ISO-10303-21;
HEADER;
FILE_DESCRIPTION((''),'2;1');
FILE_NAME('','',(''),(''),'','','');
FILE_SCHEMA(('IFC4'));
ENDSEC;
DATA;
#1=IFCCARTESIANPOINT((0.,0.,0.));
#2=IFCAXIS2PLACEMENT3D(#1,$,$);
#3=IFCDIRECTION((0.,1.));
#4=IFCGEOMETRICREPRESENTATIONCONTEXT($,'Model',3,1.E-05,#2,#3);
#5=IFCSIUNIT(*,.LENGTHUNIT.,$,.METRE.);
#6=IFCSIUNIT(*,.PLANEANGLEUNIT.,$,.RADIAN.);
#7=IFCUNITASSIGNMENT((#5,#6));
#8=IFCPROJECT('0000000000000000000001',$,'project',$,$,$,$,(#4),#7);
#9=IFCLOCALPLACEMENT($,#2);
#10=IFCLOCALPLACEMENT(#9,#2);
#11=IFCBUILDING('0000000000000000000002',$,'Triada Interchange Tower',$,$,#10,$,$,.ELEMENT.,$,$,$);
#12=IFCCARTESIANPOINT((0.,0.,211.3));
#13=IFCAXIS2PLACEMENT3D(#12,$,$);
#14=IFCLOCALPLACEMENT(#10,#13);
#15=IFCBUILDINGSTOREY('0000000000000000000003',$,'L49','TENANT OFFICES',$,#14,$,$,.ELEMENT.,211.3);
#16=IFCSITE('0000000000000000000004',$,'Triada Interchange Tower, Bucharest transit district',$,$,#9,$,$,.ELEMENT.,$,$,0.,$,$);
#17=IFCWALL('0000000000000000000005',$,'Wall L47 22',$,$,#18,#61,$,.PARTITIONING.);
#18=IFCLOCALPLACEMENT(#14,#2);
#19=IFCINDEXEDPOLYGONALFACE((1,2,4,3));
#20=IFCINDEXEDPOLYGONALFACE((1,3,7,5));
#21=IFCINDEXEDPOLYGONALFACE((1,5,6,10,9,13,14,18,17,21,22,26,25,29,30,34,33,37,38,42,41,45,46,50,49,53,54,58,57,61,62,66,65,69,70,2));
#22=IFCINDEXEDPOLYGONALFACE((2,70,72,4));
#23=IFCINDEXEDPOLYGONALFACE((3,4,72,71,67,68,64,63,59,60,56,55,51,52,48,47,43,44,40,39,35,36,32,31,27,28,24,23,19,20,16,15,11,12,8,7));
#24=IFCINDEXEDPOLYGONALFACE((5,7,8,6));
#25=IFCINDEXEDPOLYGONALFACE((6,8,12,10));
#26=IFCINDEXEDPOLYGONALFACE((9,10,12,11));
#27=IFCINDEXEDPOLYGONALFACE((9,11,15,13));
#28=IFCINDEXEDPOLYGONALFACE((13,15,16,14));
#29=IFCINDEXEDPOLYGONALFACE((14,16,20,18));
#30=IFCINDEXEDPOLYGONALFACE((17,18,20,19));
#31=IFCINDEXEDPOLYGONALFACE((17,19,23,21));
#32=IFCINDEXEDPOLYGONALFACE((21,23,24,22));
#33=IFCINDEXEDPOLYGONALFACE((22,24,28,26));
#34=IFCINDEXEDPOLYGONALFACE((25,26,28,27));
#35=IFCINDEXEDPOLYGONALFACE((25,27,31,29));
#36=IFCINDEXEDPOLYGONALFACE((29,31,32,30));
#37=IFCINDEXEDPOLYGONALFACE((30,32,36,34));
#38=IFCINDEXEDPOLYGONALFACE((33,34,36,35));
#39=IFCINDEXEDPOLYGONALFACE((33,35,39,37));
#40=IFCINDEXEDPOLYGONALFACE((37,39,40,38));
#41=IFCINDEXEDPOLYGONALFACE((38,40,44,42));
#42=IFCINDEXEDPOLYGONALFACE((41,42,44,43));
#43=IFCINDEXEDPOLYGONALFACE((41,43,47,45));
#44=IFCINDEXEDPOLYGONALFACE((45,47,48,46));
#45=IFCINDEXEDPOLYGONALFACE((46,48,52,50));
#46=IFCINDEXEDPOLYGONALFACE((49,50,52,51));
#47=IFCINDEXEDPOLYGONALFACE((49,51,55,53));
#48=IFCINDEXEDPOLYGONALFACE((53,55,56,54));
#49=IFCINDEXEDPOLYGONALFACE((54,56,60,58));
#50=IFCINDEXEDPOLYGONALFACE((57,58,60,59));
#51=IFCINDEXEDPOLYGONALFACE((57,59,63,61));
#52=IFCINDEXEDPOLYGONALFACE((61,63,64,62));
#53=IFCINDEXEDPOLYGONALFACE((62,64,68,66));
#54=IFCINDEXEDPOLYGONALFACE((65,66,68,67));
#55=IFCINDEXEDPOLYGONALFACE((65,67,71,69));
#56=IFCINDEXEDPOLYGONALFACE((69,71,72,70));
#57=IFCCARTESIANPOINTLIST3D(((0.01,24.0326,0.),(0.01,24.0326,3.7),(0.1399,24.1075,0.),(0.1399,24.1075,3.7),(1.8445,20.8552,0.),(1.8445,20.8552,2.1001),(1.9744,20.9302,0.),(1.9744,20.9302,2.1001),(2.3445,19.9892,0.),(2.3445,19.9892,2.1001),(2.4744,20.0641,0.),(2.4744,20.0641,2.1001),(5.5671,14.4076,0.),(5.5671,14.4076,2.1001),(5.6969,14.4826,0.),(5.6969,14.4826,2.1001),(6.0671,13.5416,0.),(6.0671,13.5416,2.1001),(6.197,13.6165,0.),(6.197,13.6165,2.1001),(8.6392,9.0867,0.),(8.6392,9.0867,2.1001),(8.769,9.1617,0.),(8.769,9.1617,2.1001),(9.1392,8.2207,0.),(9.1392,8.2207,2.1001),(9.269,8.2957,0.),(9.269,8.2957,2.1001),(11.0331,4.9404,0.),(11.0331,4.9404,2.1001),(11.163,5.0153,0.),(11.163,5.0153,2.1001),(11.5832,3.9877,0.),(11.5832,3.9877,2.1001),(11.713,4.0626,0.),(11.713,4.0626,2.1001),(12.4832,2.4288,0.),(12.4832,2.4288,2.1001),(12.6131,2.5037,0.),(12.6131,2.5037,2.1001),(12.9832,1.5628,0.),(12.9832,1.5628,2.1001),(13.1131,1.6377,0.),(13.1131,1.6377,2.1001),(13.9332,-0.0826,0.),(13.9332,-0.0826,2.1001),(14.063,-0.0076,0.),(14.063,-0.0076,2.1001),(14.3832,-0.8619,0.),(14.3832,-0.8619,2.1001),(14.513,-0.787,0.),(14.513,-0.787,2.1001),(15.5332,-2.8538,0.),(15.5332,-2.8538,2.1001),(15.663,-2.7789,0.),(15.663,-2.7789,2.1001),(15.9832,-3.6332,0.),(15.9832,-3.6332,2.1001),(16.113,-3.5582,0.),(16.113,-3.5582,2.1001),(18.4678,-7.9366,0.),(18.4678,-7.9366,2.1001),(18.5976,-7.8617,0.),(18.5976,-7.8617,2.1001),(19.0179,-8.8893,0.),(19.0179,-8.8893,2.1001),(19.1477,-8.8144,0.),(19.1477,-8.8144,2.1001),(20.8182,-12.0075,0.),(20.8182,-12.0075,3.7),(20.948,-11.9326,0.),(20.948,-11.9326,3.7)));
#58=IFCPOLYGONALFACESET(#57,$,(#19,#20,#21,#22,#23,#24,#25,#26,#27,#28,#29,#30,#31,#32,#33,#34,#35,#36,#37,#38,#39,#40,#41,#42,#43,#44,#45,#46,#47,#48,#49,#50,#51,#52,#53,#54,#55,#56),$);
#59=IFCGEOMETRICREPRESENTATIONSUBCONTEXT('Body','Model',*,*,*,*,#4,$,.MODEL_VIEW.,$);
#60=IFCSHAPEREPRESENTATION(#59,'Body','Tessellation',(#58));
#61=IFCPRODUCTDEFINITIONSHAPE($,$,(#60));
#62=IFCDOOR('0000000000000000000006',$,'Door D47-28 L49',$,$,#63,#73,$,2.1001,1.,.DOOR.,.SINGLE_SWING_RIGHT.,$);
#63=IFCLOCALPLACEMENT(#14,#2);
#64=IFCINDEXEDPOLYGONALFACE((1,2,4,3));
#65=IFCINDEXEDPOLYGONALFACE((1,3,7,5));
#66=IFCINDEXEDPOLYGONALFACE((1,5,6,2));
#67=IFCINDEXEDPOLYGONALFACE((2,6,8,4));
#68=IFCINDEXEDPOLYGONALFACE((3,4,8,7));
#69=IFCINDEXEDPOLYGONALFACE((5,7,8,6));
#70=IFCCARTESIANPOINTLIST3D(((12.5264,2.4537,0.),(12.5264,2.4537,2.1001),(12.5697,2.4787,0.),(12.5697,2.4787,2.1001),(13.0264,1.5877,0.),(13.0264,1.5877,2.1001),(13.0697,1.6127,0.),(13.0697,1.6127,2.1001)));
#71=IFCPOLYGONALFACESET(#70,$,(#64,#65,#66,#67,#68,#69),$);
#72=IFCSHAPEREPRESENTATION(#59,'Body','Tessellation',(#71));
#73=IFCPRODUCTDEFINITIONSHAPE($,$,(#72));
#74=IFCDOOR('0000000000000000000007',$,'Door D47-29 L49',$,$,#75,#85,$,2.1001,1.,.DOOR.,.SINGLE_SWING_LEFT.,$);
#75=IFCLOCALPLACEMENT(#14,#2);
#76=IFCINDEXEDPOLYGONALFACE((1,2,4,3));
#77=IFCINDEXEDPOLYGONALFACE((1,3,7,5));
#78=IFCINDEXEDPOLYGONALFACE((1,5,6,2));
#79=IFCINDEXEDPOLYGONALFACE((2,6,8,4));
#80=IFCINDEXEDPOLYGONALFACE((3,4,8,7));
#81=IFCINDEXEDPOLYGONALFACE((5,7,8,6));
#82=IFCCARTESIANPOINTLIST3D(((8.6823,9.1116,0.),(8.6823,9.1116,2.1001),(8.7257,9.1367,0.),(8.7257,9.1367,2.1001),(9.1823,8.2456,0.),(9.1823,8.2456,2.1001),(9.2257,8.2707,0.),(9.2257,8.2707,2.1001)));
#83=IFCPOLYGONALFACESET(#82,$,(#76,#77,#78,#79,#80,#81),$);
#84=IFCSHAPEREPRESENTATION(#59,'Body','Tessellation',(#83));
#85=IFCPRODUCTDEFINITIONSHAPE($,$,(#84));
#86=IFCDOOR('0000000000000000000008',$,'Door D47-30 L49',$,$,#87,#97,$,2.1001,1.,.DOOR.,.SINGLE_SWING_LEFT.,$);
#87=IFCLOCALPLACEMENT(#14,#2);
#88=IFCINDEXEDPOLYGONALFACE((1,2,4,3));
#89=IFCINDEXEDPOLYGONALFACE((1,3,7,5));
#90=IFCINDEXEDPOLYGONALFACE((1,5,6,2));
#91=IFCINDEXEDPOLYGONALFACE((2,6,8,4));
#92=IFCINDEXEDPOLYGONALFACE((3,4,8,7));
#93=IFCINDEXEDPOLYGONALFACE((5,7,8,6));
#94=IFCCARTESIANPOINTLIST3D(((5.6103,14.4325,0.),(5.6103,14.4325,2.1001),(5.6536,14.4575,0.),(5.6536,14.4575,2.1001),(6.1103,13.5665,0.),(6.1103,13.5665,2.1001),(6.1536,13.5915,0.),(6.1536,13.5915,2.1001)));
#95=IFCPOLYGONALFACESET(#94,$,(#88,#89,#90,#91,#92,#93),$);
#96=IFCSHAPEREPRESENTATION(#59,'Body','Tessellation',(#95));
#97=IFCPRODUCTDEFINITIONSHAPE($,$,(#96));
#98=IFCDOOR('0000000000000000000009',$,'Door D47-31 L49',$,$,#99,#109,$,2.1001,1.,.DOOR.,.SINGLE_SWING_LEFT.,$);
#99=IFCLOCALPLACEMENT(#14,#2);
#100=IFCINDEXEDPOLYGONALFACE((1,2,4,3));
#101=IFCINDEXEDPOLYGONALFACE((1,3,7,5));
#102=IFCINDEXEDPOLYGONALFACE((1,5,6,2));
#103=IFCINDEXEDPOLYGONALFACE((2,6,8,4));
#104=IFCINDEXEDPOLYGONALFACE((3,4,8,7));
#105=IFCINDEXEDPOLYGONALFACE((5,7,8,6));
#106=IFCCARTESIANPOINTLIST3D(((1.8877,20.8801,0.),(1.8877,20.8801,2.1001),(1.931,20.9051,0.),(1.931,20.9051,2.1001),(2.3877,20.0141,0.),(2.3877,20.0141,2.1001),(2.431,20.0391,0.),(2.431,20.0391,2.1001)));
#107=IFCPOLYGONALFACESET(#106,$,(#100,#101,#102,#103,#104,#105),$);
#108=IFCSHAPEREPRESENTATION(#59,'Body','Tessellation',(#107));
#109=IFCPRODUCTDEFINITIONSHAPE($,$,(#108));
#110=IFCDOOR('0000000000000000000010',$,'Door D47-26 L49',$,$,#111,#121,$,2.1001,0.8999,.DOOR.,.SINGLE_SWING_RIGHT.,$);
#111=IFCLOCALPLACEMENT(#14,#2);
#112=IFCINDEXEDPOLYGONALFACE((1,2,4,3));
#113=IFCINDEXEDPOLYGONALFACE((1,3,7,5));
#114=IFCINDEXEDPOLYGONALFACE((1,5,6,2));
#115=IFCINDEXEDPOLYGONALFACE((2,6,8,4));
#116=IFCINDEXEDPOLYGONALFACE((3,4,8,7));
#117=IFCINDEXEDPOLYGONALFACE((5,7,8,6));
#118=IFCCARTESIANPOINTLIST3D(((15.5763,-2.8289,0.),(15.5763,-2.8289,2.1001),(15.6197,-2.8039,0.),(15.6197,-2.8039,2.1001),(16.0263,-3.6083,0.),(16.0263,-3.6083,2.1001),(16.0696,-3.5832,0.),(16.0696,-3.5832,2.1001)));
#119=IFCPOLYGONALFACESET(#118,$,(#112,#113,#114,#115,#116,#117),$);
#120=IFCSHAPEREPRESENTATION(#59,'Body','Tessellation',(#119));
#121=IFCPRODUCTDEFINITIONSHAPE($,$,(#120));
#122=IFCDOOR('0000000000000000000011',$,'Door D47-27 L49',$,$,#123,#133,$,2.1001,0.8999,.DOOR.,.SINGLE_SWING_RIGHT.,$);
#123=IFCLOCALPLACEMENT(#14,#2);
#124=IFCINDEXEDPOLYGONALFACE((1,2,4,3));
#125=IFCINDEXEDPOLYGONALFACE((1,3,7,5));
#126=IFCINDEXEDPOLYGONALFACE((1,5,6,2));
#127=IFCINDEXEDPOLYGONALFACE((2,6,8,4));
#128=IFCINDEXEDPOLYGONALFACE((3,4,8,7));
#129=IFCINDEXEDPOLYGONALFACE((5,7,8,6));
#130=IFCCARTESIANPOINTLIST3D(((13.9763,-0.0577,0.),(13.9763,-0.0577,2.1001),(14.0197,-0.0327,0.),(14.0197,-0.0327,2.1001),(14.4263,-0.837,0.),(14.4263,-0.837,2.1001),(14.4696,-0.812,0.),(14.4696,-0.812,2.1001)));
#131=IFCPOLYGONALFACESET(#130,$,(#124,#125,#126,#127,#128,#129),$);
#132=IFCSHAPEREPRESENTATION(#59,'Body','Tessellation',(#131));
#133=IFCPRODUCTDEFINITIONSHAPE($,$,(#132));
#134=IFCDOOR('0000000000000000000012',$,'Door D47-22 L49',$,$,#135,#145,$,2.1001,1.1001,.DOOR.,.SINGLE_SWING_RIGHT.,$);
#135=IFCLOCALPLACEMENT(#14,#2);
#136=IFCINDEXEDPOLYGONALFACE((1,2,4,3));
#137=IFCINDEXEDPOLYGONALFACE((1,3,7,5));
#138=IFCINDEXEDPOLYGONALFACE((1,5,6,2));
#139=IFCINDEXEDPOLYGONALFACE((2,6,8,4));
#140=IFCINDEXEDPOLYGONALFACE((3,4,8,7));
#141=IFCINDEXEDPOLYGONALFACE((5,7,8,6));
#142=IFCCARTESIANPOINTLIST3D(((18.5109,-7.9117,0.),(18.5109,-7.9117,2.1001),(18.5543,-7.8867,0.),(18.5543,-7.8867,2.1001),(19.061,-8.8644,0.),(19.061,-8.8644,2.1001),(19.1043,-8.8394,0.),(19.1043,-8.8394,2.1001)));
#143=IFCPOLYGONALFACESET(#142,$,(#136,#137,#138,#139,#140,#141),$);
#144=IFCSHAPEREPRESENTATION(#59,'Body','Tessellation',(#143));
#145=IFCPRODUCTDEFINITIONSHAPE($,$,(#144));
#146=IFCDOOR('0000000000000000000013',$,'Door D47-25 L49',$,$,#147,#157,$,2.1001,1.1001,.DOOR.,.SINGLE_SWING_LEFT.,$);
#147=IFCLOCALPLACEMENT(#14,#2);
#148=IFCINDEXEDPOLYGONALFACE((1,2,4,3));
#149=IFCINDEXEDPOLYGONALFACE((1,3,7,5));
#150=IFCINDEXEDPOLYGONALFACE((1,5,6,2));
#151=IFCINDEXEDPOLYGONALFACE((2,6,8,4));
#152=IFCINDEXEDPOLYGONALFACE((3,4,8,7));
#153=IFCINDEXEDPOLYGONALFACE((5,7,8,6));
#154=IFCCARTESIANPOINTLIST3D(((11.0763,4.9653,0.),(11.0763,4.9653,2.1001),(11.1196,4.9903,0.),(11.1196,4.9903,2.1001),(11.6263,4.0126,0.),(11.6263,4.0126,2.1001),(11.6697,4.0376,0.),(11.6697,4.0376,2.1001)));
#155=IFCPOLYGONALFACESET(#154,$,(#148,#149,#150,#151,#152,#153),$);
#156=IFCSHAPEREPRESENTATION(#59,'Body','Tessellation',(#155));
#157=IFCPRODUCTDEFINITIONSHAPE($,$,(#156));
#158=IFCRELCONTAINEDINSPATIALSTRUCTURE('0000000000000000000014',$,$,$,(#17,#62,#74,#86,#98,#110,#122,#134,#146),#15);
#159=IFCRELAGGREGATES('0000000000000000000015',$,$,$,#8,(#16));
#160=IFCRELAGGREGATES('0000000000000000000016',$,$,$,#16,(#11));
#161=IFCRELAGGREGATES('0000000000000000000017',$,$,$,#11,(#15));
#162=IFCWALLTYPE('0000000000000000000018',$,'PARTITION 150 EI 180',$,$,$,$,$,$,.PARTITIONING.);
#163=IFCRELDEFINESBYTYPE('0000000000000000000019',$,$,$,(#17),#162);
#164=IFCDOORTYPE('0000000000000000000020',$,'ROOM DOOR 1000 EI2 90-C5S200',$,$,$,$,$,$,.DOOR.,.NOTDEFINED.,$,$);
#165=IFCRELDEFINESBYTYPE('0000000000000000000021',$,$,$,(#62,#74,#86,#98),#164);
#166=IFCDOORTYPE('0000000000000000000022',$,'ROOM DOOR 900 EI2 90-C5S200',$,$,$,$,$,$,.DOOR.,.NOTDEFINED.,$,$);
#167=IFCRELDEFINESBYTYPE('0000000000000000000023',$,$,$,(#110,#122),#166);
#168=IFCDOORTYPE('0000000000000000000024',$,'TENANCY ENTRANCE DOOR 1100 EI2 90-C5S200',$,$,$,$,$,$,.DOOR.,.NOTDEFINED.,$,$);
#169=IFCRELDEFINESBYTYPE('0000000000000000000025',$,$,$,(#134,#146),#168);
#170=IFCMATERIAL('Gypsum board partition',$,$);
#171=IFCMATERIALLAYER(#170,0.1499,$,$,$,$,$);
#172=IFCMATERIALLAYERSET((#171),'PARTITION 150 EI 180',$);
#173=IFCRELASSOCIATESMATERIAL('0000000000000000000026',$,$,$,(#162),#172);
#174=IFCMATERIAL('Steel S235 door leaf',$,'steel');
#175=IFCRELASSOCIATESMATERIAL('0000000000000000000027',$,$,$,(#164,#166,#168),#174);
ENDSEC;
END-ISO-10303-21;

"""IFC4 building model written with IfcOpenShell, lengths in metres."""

from ifc_helpers import new_model, si_unit, direction, frame, frame_2d, origin, place, context, subcontext, project, spatial, rectangle, extrude, material, layer, layer_set, type_object, element, fill, save


model = new_model("IFC4")

# Units and contexts
model_context = context("Model", 3, precision=1e-05, world=origin(), true_north=direction((0.0, 1.0)))
body_context = subcontext(model_context, "Body", "Model", "MODEL_VIEW")
ifc_project = project(units=[si_unit("LENGTHUNIT", "METRE"), si_unit("PLANEANGLEUNIT", "RADIAN")], contexts=[model_context])

# Site, building, storey
site_placement = place(None, origin())
site = spatial("IfcSite", under=ifc_project, at=site_placement, Name="Triada Interchange Tower, Bucharest transit district", CompositionType="ELEMENT", RefElevation=0.0)
building_placement = place(site_placement, origin())
building = spatial("IfcBuilding", under=site, at=building_placement, Name="Triada Interchange Tower", CompositionType="ELEMENT")
storey_placement = place(building_placement, frame((0.0, 0.0, 211.3)))
storey = spatial("IfcBuildingStorey", under=building, at=storey_placement, Name="L49", Description="TENANT OFFICES", CompositionType="ELEMENT", Elevation=211.3)

# Shared definitions
ifc_material_1 = material(Name="Gypsum board partition")
ifc_layer_1 = layer(ifc_material_1, 0.1499)
ifc_layer_set_1 = layer_set([ifc_layer_1], Name="PARTITION 150 EI 180")
wall_type_1 = type_object("IfcWallType", Name="PARTITION 150 EI 180", PredefinedType="PARTITIONING", material=ifc_layer_set_1)

# Wall, openings, doors
wall_1_placement = place(storey_placement, frame((0.075, 24.0701, 0.0), z_axis=(0.0, 0.0, 1.0), x_axis=(0.500007, -0.866021, 0.0)))
wall_1 = element("IfcWall", 1, at=wall_1_placement, inside=storey, type_object=wall_type_1, Name="Wall L47 22", PredefinedType="PARTITIONING", context=body_context, shape_type="SweptSolid", body=[
    extrude(rectangle(XDim=41.6157, YDim=0.1499, at=frame_2d((20.8079, 0.0))), origin(), (0.0, 0.0, 1.0), 3.7),
])
opening_1_placement = place(wall_1_placement, frame((36.915, 0.0, 0.0)))
opening_1 = element("IfcOpeningElement", 2, at=opening_1_placement, cuts=wall_1, PredefinedType="OPENING", context=body_context, shape_type="SweptSolid", body=[
    extrude(rectangle(XDim=1.1001, YDim=2.1001, at=frame_2d((0.55, 1.05))), frame((0.0, 0.085, 0.0), z_axis=(0.0, -1.0, 0.0), x_axis=(1.0, 0.0, 0.0)), (0.0, 0.0, 1.0), 0.1699),
])
opening_2_placement = place(wall_1_placement, frame((22.0459, 0.0, 0.0)))
opening_2 = element("IfcOpeningElement", 3, at=opening_2_placement, cuts=wall_1, PredefinedType="OPENING", context=body_context, shape_type="SweptSolid", body=[
    extrude(rectangle(XDim=1.1001, YDim=2.1001, at=frame_2d((0.55, 1.05))), frame((0.0, 0.085, 0.0), z_axis=(0.0, -1.0, 0.0), x_axis=(1.0, 0.0, 0.0)), (0.0, 0.0, 1.0), 0.1699),
])
opening_3_placement = place(wall_1_placement, frame((31.0459, 0.0, 0.0)))
opening_3 = element("IfcOpeningElement", 4, at=opening_3_placement, cuts=wall_1, PredefinedType="OPENING", context=body_context, shape_type="SweptSolid", body=[
    extrude(rectangle(XDim=0.8999, YDim=2.1001, at=frame_2d((0.45, 1.05))), frame((0.0, 0.085, 0.0), z_axis=(0.0, -1.0, 0.0), x_axis=(1.0, 0.0, 0.0)), (0.0, 0.0, 1.0), 0.1699),
])
opening_4_placement = place(wall_1_placement, frame((27.8459, 0.0, 0.0)))
opening_4 = element("IfcOpeningElement", 5, at=opening_4_placement, cuts=wall_1, PredefinedType="OPENING", context=body_context, shape_type="SweptSolid", body=[
    extrude(rectangle(XDim=0.8999, YDim=2.1001, at=frame_2d((0.45, 1.05))), frame((0.0, 0.085, 0.0), z_axis=(0.0, -1.0, 0.0), x_axis=(1.0, 0.0, 0.0)), (0.0, 0.0, 1.0), 0.1699),
])
opening_5_placement = place(wall_1_placement, frame((24.946, 0.0, 0.0)))
opening_5 = element("IfcOpeningElement", 6, at=opening_5_placement, cuts=wall_1, PredefinedType="OPENING", context=body_context, shape_type="SweptSolid", body=[
    extrude(rectangle(XDim=1.0, YDim=2.1001, at=frame_2d((0.5, 1.05))), frame((0.0, 0.085, 0.0), z_axis=(0.0, -1.0, 0.0), x_axis=(1.0, 0.0, 0.0)), (0.0, 0.0, 1.0), 0.1699),
])
opening_6_placement = place(wall_1_placement, frame((17.2581, 0.0, 0.0)))
opening_6 = element("IfcOpeningElement", 7, at=opening_6_placement, cuts=wall_1, PredefinedType="OPENING", context=body_context, shape_type="SweptSolid", body=[
    extrude(rectangle(XDim=1.0, YDim=2.1001, at=frame_2d((0.5, 1.05))), frame((0.0, 0.085, 0.0), z_axis=(0.0, -1.0, 0.0), x_axis=(1.0, 0.0, 0.0)), (0.0, 0.0, 1.0), 0.1699),
])
opening_7_placement = place(wall_1_placement, frame((11.114, 0.0, 0.0)))
opening_7 = element("IfcOpeningElement", 8, at=opening_7_placement, cuts=wall_1, PredefinedType="OPENING", context=body_context, shape_type="SweptSolid", body=[
    extrude(rectangle(XDim=1.0, YDim=2.1001, at=frame_2d((0.5, 1.05))), frame((0.0, 0.085, 0.0), z_axis=(0.0, -1.0, 0.0), x_axis=(1.0, 0.0, 0.0)), (0.0, 0.0, 1.0), 0.1699),
])
opening_8_placement = place(wall_1_placement, frame((3.6689, 0.0, 0.0)))
opening_8 = element("IfcOpeningElement", 9, at=opening_8_placement, cuts=wall_1, PredefinedType="OPENING", context=body_context, shape_type="SweptSolid", body=[
    extrude(rectangle(XDim=1.0, YDim=2.1001, at=frame_2d((0.5, 1.05))), frame((0.0, 0.085, 0.0), z_axis=(0.0, -1.0, 0.0), x_axis=(1.0, 0.0, 0.0)), (0.0, 0.0, 1.0), 0.1699),
])
ifc_material_2 = material(Name="Steel S235 door leaf", Category="steel")
door_type_1 = type_object("IfcDoorType", Name="ROOM DOOR 1000 EI2 90-C5S200", OperationType="NOTDEFINED", PredefinedType="DOOR", material=ifc_material_2)
door_1_placement = place(opening_5_placement, origin())
door_1 = element("IfcDoor", 10, at=door_1_placement, inside=storey, type_object=door_type_1, Name="Door D47-28 L49", OperationType="SINGLE_SWING_RIGHT", OverallHeight=2.1001, OverallWidth=1.0, PredefinedType="DOOR", context=body_context, shape_type="SweptSolid", body=[
    extrude(rectangle(XDim=1.0, YDim=2.1001, at=frame_2d((0.5, 1.05))), frame((0.0, 0.0249, 0.0), z_axis=(0.0, -1.0, 0.0), x_axis=(1.0, 0.0, 0.0)), (0.0, 0.0, 1.0), 0.05),
])
fill(opening_5, door_1)
door_2_placement = place(opening_6_placement, origin())
door_2 = element("IfcDoor", 11, at=door_2_placement, inside=storey, type_object=door_type_1, Name="Door D47-29 L49", OperationType="SINGLE_SWING_LEFT", OverallHeight=2.1001, OverallWidth=1.0, PredefinedType="DOOR", context=body_context, shape_type="SweptSolid", body=[
    extrude(rectangle(XDim=1.0, YDim=2.1001, at=frame_2d((0.5, 1.05))), frame((0.0, 0.0249, 0.0), z_axis=(0.0, -1.0, 0.0), x_axis=(1.0, 0.0, 0.0)), (0.0, 0.0, 1.0), 0.05),
])
fill(opening_6, door_2)
door_3_placement = place(opening_7_placement, origin())
door_3 = element("IfcDoor", 12, at=door_3_placement, inside=storey, type_object=door_type_1, Name="Door D47-30 L49", OperationType="SINGLE_SWING_LEFT", OverallHeight=2.1001, OverallWidth=1.0, PredefinedType="DOOR", context=body_context, shape_type="SweptSolid", body=[
    extrude(rectangle(XDim=1.0, YDim=2.1001, at=frame_2d((0.5, 1.05))), frame((0.0, 0.0249, 0.0), z_axis=(0.0, -1.0, 0.0), x_axis=(1.0, 0.0, 0.0)), (0.0, 0.0, 1.0), 0.05),
])
fill(opening_7, door_3)
door_4_placement = place(opening_8_placement, origin())
door_4 = element("IfcDoor", 13, at=door_4_placement, inside=storey, type_object=door_type_1, Name="Door D47-31 L49", OperationType="SINGLE_SWING_LEFT", OverallHeight=2.1001, OverallWidth=1.0, PredefinedType="DOOR", context=body_context, shape_type="SweptSolid", body=[
    extrude(rectangle(XDim=1.0, YDim=2.1001, at=frame_2d((0.5, 1.05))), frame((0.0, 0.0249, 0.0), z_axis=(0.0, -1.0, 0.0), x_axis=(1.0, 0.0, 0.0)), (0.0, 0.0, 1.0), 0.05),
])
fill(opening_8, door_4)
door_type_2 = type_object("IfcDoorType", Name="ROOM DOOR 900 EI2 90-C5S200", OperationType="NOTDEFINED", PredefinedType="DOOR", material=ifc_material_2)
door_5_placement = place(opening_3_placement, origin())
door_5 = element("IfcDoor", 14, at=door_5_placement, inside=storey, type_object=door_type_2, Name="Door D47-26 L49", OperationType="SINGLE_SWING_RIGHT", OverallHeight=2.1001, OverallWidth=0.8999, PredefinedType="DOOR", context=body_context, shape_type="SweptSolid", body=[
    extrude(rectangle(XDim=0.8999, YDim=2.1001, at=frame_2d((0.45, 1.05))), frame((0.0, 0.0249, 0.0), z_axis=(0.0, -1.0, 0.0), x_axis=(1.0, 0.0, 0.0)), (0.0, 0.0, 1.0), 0.05),
])
fill(opening_3, door_5)
door_6_placement = place(opening_4_placement, origin())
door_6 = element("IfcDoor", 15, at=door_6_placement, inside=storey, type_object=door_type_2, Name="Door D47-27 L49", OperationType="SINGLE_SWING_RIGHT", OverallHeight=2.1001, OverallWidth=0.8999, PredefinedType="DOOR", context=body_context, shape_type="SweptSolid", body=[
    extrude(rectangle(XDim=0.8999, YDim=2.1001, at=frame_2d((0.45, 1.05))), frame((0.0, 0.0249, 0.0), z_axis=(0.0, -1.0, 0.0), x_axis=(1.0, 0.0, 0.0)), (0.0, 0.0, 1.0), 0.05),
])
fill(opening_4, door_6)
door_type_3 = type_object("IfcDoorType", Name="TENANCY ENTRANCE DOOR 1100 EI2 90-C5S200", OperationType="NOTDEFINED", PredefinedType="DOOR", material=ifc_material_2)
door_7_placement = place(opening_1_placement, origin())
door_7 = element("IfcDoor", 16, at=door_7_placement, inside=storey, type_object=door_type_3, Name="Door D47-22 L49", OperationType="SINGLE_SWING_RIGHT", OverallHeight=2.1001, OverallWidth=1.1001, PredefinedType="DOOR", context=body_context, shape_type="SweptSolid", body=[
    extrude(rectangle(XDim=1.1001, YDim=2.1001, at=frame_2d((0.55, 1.05))), frame((0.0, 0.0249, 0.0), z_axis=(0.0, -1.0, 0.0), x_axis=(1.0, 0.0, 0.0)), (0.0, 0.0, 1.0), 0.05),
])
fill(opening_1, door_7)
door_8_placement = place(opening_2_placement, origin())
door_8 = element("IfcDoor", 17, at=door_8_placement, inside=storey, type_object=door_type_3, Name="Door D47-25 L49", OperationType="SINGLE_SWING_LEFT", OverallHeight=2.1001, OverallWidth=1.1001, PredefinedType="DOOR", context=body_context, shape_type="SweptSolid", body=[
    extrude(rectangle(XDim=1.1001, YDim=2.1001, at=frame_2d((0.55, 1.05))), frame((0.0, 0.0249, 0.0), z_axis=(0.0, -1.0, 0.0), x_axis=(1.0, 0.0, 0.0)), (0.0, 0.0, 1.0), 0.05),
])
fill(opening_2, door_8)

save(model, "model.ifc")
